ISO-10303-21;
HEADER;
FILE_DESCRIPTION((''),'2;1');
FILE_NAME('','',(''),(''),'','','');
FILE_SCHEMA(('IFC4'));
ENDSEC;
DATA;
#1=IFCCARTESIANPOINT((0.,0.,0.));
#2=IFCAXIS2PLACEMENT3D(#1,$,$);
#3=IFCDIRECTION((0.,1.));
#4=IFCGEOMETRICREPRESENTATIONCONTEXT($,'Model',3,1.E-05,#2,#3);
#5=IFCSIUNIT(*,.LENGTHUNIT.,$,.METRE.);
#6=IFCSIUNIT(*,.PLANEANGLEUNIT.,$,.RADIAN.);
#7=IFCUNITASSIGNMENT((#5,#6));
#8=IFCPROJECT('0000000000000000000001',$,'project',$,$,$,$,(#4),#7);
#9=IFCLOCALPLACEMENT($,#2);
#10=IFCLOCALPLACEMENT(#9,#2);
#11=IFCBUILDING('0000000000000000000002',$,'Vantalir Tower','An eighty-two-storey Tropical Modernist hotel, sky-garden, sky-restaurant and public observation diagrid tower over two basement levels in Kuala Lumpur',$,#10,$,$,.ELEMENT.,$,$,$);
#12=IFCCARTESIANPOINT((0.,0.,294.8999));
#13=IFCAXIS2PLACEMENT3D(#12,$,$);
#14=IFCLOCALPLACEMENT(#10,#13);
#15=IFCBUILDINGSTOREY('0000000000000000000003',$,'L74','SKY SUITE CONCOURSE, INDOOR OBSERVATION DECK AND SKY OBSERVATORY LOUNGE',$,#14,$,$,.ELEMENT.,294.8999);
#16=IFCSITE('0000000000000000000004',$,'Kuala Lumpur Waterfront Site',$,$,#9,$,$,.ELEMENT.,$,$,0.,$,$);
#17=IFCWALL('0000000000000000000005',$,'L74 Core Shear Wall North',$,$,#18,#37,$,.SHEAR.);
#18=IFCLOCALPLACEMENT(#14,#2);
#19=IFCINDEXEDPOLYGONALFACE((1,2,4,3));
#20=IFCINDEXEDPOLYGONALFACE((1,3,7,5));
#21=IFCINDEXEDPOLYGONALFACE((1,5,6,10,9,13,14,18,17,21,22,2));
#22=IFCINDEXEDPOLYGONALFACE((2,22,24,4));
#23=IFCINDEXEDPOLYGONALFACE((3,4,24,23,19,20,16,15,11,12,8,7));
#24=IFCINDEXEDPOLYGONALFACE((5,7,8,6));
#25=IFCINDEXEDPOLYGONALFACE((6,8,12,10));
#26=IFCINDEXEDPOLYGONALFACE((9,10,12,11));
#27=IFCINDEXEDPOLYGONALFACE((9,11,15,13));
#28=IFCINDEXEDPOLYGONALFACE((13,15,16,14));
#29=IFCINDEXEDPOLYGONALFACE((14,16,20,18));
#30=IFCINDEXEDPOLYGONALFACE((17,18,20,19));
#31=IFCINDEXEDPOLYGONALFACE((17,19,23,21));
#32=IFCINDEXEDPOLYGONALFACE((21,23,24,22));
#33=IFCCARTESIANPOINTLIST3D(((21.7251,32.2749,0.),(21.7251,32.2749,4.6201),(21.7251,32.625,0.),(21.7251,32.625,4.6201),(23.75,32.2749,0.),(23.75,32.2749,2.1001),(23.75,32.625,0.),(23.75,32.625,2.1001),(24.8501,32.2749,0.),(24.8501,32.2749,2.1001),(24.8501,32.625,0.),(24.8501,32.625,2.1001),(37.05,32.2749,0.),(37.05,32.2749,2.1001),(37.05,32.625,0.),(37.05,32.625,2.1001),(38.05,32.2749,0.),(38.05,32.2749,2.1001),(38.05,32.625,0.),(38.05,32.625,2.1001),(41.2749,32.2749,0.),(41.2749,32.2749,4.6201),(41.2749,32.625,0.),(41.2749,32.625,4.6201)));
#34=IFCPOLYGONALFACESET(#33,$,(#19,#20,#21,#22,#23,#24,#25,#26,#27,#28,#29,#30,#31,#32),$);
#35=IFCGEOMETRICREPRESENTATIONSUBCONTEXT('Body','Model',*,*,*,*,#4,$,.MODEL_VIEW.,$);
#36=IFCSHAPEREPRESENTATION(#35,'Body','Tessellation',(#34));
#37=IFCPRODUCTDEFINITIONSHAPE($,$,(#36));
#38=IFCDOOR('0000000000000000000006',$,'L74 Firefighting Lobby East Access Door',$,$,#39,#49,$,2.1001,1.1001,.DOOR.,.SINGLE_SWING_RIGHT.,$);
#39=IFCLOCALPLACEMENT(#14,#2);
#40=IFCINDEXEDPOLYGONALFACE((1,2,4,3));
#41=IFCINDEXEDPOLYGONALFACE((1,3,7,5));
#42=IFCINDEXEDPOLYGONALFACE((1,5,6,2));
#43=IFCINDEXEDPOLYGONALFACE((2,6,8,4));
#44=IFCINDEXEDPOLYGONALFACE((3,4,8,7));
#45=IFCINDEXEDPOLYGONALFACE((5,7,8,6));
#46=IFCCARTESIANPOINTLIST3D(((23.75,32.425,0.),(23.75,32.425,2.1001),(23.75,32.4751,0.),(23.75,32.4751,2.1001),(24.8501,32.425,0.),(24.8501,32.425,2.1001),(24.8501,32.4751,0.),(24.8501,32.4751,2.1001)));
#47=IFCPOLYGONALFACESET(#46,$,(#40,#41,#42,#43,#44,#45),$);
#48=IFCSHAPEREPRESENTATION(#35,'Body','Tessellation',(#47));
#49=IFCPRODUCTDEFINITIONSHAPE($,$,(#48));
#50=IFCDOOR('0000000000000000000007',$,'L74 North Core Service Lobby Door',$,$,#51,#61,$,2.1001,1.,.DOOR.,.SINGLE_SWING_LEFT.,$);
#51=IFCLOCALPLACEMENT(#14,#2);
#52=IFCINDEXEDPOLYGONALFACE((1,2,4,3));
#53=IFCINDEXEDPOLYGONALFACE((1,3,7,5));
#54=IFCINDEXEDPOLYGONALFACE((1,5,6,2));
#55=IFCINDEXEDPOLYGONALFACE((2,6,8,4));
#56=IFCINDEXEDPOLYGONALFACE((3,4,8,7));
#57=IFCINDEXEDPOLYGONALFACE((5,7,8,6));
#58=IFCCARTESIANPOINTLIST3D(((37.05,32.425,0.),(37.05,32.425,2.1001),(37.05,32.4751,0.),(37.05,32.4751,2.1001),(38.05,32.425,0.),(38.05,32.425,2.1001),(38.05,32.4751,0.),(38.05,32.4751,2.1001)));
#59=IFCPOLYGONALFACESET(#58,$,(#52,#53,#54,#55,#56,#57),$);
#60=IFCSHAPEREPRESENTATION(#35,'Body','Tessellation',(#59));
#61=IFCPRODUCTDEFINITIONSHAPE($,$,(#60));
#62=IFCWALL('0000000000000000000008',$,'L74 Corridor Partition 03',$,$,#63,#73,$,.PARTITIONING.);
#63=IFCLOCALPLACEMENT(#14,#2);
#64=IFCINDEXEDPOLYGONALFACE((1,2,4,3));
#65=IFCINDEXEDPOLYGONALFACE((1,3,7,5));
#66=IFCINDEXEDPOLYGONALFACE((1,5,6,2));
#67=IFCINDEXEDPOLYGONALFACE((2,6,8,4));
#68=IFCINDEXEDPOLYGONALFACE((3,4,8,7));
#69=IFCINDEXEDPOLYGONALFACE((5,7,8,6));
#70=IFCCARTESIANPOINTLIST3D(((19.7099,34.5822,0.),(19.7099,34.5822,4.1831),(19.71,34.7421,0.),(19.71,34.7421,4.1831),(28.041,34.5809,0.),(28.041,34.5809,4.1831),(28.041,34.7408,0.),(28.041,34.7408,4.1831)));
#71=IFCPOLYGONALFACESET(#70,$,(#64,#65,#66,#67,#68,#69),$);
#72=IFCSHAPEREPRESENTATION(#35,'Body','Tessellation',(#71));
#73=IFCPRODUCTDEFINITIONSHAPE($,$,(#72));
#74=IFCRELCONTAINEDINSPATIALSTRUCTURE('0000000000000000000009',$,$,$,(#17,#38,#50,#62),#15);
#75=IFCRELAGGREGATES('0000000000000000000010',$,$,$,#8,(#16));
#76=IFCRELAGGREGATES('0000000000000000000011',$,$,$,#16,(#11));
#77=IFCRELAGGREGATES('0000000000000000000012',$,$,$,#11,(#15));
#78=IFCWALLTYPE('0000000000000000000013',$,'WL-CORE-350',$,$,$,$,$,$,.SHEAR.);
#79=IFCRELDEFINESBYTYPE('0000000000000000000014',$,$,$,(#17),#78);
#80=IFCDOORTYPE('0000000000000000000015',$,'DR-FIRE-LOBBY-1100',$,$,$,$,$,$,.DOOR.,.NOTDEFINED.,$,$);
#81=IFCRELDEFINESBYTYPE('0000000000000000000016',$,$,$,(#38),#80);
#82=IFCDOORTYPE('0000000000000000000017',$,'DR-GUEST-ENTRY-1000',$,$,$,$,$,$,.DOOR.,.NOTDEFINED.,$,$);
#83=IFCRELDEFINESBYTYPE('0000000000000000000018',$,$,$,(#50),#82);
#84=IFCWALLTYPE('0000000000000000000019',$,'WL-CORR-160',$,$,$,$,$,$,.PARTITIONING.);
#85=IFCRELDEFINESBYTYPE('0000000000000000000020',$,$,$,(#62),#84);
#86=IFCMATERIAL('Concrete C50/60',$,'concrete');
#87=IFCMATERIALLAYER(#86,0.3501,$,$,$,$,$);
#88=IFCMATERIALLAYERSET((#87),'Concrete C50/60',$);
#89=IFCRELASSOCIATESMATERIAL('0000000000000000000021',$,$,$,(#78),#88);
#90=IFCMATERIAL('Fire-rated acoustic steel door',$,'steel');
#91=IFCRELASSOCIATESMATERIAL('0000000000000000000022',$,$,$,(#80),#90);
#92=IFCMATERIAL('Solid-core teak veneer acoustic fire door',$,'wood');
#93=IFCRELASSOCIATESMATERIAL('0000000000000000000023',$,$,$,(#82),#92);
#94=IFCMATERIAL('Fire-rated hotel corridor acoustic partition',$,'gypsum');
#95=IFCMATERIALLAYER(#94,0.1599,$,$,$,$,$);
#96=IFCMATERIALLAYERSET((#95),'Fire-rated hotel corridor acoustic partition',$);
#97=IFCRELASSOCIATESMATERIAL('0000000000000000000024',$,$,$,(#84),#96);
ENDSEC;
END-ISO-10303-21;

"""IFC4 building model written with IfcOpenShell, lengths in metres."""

from ifc_helpers import new_model, si_unit, direction, frame, frame_2d, origin, place, context, subcontext, project, spatial, rectangle, extrude, material, layer, layer_set, type_object, element, fill, save


model = new_model("IFC4")

# Units and contexts
model_context = context("Model", 3, precision=1e-05, world=origin(), true_north=direction((0.0, 1.0)))
body_context = subcontext(model_context, "Body", "Model", "MODEL_VIEW")
ifc_project = project(units=[si_unit("LENGTHUNIT", "METRE"), si_unit("PLANEANGLEUNIT", "RADIAN")], contexts=[model_context])

# Site, building, storey
site_placement = place(None, origin())
site = spatial("IfcSite", under=ifc_project, at=site_placement, Name="Kuala Lumpur Waterfront Site", CompositionType="ELEMENT", RefElevation=0.0)
building_placement = place(site_placement, origin())
building = spatial("IfcBuilding", under=site, at=building_placement, Name="Vantalir Tower", Description="An eighty-two-storey Tropical Modernist hotel, sky-garden, sky-restaurant and public observation diagrid tower over two basement levels in Kuala Lumpur", CompositionType="ELEMENT")
storey_placement = place(building_placement, frame((0.0, 0.0, 294.8999)))
storey = spatial("IfcBuildingStorey", under=building, at=storey_placement, Name="L74", Description="SKY SUITE CONCOURSE, INDOOR OBSERVATION DECK AND SKY OBSERVATORY LOUNGE", CompositionType="ELEMENT", Elevation=294.8999)

# Shared definitions
ifc_material_1 = material(Name="Concrete C50/60", Category="concrete")

# Wall, openings, doors
ifc_layer_1 = layer(ifc_material_1, 0.3501)
ifc_layer_set_1 = layer_set([ifc_layer_1], Name="Concrete C50/60")
wall_type_1 = type_object("IfcWallType", Name="WL-CORE-350", PredefinedType="SHEAR", material=ifc_layer_set_1)
wall_1_placement = place(storey_placement, frame((21.7251, 32.45, 0.0), z_axis=(0.0, 0.0, 1.0), x_axis=(1.0, 0.0, 0.0)))
wall_1 = element("IfcWall", 1, at=wall_1_placement, inside=storey, type_object=wall_type_1, Name="L74 Core Shear Wall North", PredefinedType="SHEAR", context=body_context, shape_type="SweptSolid", body=[
    extrude(rectangle(XDim=19.5498, YDim=0.3501, at=frame_2d((9.7749, 0.0))), origin(), (0.0, 0.0, 1.0), 4.6201),
])
opening_1_placement = place(wall_1_placement, frame((2.0249, 0.0, 0.0)))
opening_1 = element("IfcOpeningElement", 2, at=opening_1_placement, cuts=wall_1, PredefinedType="OPENING", context=body_context, shape_type="SweptSolid", body=[
    extrude(rectangle(XDim=1.1001, YDim=2.1001, at=frame_2d((0.55, 1.05))), frame((0.0, 0.1851, 0.0), z_axis=(0.0, -1.0, 0.0), x_axis=(1.0, 0.0, 0.0)), (0.0, 0.0, 1.0), 0.3701),
])
opening_2_placement = place(wall_1_placement, frame((15.325, 0.0, 0.0)))
opening_2 = element("IfcOpeningElement", 3, at=opening_2_placement, cuts=wall_1, PredefinedType="OPENING", context=body_context, shape_type="SweptSolid", body=[
    extrude(rectangle(XDim=1.0, YDim=2.1001, at=frame_2d((0.5, 1.05))), frame((0.0, 0.1851, 0.0), z_axis=(0.0, -1.0, 0.0), x_axis=(1.0, 0.0, 0.0)), (0.0, 0.0, 1.0), 0.3701),
])
ifc_material_2 = material(Name="Fire-rated acoustic steel door", Category="steel")
door_type_1 = type_object("IfcDoorType", Name="DR-FIRE-LOBBY-1100", OperationType="NOTDEFINED", PredefinedType="DOOR", material=ifc_material_2)
door_1_placement = place(opening_1_placement, frame((1.1001, 0.0, 0.0), z_axis=(0.0, 0.0, 1.0), x_axis=(-1.0, 0.0, 0.0)))
door_1 = element("IfcDoor", 4, at=door_1_placement, inside=storey, type_object=door_type_1, Name="L74 Firefighting Lobby East Access Door", OperationType="SINGLE_SWING_RIGHT", OverallHeight=2.1001, OverallWidth=1.1001, PredefinedType="DOOR", context=body_context, shape_type="SweptSolid", body=[
    extrude(rectangle(XDim=1.1001, YDim=2.1001, at=frame_2d((0.55, 1.05))), frame((0.0, 0.0249, 0.0), z_axis=(0.0, -1.0, 0.0), x_axis=(1.0, 0.0, 0.0)), (0.0, 0.0, 1.0), 0.05),
])
fill(opening_1, door_1)
ifc_material_3 = material(Name="Solid-core teak veneer acoustic fire door", Category="wood")
door_type_2 = type_object("IfcDoorType", Name="DR-GUEST-ENTRY-1000", OperationType="NOTDEFINED", PredefinedType="DOOR", material=ifc_material_3)
door_2_placement = place(opening_2_placement, frame((1.0, 0.0, 0.0), z_axis=(0.0, 0.0, 1.0), x_axis=(-1.0, 0.0, 0.0)))
door_2 = element("IfcDoor", 5, at=door_2_placement, inside=storey, type_object=door_type_2, Name="L74 North Core Service Lobby Door", OperationType="SINGLE_SWING_LEFT", OverallHeight=2.1001, OverallWidth=1.0, PredefinedType="DOOR", context=body_context, shape_type="SweptSolid", body=[
    extrude(rectangle(XDim=1.0, YDim=2.1001, at=frame_2d((0.5, 1.05))), frame((0.0, 0.0249, 0.0), z_axis=(0.0, -1.0, 0.0), x_axis=(1.0, 0.0, 0.0)), (0.0, 0.0, 1.0), 0.05),
])
fill(opening_2, door_2)

# Wall
ifc_material_4 = material(Name="Fire-rated hotel corridor acoustic partition", Category="gypsum")
ifc_layer_2 = layer(ifc_material_4, 0.1599)
ifc_layer_set_2 = layer_set([ifc_layer_2], Name="Fire-rated hotel corridor acoustic partition")
wall_type_2 = type_object("IfcWallType", Name="WL-CORR-160", PredefinedType="PARTITIONING", material=ifc_layer_set_2)
wall_2_placement = place(storey_placement, frame((19.71, 34.6621, 0.0), z_axis=(0.0, 0.0, 1.0), x_axis=(1.0, -0.000147, 0.0)))
element("IfcWall", 6, at=wall_2_placement, inside=storey, type_object=wall_type_2, Name="L74 Corridor Partition 03", PredefinedType="PARTITIONING", context=body_context, shape_type="SweptSolid", body=[
    extrude(rectangle(XDim=8.3311, YDim=0.1599, at=frame_2d((4.1655, 0.0))), origin(), (0.0, 0.0, 1.0), 4.1831),
])

save(model, "model.ifc")
